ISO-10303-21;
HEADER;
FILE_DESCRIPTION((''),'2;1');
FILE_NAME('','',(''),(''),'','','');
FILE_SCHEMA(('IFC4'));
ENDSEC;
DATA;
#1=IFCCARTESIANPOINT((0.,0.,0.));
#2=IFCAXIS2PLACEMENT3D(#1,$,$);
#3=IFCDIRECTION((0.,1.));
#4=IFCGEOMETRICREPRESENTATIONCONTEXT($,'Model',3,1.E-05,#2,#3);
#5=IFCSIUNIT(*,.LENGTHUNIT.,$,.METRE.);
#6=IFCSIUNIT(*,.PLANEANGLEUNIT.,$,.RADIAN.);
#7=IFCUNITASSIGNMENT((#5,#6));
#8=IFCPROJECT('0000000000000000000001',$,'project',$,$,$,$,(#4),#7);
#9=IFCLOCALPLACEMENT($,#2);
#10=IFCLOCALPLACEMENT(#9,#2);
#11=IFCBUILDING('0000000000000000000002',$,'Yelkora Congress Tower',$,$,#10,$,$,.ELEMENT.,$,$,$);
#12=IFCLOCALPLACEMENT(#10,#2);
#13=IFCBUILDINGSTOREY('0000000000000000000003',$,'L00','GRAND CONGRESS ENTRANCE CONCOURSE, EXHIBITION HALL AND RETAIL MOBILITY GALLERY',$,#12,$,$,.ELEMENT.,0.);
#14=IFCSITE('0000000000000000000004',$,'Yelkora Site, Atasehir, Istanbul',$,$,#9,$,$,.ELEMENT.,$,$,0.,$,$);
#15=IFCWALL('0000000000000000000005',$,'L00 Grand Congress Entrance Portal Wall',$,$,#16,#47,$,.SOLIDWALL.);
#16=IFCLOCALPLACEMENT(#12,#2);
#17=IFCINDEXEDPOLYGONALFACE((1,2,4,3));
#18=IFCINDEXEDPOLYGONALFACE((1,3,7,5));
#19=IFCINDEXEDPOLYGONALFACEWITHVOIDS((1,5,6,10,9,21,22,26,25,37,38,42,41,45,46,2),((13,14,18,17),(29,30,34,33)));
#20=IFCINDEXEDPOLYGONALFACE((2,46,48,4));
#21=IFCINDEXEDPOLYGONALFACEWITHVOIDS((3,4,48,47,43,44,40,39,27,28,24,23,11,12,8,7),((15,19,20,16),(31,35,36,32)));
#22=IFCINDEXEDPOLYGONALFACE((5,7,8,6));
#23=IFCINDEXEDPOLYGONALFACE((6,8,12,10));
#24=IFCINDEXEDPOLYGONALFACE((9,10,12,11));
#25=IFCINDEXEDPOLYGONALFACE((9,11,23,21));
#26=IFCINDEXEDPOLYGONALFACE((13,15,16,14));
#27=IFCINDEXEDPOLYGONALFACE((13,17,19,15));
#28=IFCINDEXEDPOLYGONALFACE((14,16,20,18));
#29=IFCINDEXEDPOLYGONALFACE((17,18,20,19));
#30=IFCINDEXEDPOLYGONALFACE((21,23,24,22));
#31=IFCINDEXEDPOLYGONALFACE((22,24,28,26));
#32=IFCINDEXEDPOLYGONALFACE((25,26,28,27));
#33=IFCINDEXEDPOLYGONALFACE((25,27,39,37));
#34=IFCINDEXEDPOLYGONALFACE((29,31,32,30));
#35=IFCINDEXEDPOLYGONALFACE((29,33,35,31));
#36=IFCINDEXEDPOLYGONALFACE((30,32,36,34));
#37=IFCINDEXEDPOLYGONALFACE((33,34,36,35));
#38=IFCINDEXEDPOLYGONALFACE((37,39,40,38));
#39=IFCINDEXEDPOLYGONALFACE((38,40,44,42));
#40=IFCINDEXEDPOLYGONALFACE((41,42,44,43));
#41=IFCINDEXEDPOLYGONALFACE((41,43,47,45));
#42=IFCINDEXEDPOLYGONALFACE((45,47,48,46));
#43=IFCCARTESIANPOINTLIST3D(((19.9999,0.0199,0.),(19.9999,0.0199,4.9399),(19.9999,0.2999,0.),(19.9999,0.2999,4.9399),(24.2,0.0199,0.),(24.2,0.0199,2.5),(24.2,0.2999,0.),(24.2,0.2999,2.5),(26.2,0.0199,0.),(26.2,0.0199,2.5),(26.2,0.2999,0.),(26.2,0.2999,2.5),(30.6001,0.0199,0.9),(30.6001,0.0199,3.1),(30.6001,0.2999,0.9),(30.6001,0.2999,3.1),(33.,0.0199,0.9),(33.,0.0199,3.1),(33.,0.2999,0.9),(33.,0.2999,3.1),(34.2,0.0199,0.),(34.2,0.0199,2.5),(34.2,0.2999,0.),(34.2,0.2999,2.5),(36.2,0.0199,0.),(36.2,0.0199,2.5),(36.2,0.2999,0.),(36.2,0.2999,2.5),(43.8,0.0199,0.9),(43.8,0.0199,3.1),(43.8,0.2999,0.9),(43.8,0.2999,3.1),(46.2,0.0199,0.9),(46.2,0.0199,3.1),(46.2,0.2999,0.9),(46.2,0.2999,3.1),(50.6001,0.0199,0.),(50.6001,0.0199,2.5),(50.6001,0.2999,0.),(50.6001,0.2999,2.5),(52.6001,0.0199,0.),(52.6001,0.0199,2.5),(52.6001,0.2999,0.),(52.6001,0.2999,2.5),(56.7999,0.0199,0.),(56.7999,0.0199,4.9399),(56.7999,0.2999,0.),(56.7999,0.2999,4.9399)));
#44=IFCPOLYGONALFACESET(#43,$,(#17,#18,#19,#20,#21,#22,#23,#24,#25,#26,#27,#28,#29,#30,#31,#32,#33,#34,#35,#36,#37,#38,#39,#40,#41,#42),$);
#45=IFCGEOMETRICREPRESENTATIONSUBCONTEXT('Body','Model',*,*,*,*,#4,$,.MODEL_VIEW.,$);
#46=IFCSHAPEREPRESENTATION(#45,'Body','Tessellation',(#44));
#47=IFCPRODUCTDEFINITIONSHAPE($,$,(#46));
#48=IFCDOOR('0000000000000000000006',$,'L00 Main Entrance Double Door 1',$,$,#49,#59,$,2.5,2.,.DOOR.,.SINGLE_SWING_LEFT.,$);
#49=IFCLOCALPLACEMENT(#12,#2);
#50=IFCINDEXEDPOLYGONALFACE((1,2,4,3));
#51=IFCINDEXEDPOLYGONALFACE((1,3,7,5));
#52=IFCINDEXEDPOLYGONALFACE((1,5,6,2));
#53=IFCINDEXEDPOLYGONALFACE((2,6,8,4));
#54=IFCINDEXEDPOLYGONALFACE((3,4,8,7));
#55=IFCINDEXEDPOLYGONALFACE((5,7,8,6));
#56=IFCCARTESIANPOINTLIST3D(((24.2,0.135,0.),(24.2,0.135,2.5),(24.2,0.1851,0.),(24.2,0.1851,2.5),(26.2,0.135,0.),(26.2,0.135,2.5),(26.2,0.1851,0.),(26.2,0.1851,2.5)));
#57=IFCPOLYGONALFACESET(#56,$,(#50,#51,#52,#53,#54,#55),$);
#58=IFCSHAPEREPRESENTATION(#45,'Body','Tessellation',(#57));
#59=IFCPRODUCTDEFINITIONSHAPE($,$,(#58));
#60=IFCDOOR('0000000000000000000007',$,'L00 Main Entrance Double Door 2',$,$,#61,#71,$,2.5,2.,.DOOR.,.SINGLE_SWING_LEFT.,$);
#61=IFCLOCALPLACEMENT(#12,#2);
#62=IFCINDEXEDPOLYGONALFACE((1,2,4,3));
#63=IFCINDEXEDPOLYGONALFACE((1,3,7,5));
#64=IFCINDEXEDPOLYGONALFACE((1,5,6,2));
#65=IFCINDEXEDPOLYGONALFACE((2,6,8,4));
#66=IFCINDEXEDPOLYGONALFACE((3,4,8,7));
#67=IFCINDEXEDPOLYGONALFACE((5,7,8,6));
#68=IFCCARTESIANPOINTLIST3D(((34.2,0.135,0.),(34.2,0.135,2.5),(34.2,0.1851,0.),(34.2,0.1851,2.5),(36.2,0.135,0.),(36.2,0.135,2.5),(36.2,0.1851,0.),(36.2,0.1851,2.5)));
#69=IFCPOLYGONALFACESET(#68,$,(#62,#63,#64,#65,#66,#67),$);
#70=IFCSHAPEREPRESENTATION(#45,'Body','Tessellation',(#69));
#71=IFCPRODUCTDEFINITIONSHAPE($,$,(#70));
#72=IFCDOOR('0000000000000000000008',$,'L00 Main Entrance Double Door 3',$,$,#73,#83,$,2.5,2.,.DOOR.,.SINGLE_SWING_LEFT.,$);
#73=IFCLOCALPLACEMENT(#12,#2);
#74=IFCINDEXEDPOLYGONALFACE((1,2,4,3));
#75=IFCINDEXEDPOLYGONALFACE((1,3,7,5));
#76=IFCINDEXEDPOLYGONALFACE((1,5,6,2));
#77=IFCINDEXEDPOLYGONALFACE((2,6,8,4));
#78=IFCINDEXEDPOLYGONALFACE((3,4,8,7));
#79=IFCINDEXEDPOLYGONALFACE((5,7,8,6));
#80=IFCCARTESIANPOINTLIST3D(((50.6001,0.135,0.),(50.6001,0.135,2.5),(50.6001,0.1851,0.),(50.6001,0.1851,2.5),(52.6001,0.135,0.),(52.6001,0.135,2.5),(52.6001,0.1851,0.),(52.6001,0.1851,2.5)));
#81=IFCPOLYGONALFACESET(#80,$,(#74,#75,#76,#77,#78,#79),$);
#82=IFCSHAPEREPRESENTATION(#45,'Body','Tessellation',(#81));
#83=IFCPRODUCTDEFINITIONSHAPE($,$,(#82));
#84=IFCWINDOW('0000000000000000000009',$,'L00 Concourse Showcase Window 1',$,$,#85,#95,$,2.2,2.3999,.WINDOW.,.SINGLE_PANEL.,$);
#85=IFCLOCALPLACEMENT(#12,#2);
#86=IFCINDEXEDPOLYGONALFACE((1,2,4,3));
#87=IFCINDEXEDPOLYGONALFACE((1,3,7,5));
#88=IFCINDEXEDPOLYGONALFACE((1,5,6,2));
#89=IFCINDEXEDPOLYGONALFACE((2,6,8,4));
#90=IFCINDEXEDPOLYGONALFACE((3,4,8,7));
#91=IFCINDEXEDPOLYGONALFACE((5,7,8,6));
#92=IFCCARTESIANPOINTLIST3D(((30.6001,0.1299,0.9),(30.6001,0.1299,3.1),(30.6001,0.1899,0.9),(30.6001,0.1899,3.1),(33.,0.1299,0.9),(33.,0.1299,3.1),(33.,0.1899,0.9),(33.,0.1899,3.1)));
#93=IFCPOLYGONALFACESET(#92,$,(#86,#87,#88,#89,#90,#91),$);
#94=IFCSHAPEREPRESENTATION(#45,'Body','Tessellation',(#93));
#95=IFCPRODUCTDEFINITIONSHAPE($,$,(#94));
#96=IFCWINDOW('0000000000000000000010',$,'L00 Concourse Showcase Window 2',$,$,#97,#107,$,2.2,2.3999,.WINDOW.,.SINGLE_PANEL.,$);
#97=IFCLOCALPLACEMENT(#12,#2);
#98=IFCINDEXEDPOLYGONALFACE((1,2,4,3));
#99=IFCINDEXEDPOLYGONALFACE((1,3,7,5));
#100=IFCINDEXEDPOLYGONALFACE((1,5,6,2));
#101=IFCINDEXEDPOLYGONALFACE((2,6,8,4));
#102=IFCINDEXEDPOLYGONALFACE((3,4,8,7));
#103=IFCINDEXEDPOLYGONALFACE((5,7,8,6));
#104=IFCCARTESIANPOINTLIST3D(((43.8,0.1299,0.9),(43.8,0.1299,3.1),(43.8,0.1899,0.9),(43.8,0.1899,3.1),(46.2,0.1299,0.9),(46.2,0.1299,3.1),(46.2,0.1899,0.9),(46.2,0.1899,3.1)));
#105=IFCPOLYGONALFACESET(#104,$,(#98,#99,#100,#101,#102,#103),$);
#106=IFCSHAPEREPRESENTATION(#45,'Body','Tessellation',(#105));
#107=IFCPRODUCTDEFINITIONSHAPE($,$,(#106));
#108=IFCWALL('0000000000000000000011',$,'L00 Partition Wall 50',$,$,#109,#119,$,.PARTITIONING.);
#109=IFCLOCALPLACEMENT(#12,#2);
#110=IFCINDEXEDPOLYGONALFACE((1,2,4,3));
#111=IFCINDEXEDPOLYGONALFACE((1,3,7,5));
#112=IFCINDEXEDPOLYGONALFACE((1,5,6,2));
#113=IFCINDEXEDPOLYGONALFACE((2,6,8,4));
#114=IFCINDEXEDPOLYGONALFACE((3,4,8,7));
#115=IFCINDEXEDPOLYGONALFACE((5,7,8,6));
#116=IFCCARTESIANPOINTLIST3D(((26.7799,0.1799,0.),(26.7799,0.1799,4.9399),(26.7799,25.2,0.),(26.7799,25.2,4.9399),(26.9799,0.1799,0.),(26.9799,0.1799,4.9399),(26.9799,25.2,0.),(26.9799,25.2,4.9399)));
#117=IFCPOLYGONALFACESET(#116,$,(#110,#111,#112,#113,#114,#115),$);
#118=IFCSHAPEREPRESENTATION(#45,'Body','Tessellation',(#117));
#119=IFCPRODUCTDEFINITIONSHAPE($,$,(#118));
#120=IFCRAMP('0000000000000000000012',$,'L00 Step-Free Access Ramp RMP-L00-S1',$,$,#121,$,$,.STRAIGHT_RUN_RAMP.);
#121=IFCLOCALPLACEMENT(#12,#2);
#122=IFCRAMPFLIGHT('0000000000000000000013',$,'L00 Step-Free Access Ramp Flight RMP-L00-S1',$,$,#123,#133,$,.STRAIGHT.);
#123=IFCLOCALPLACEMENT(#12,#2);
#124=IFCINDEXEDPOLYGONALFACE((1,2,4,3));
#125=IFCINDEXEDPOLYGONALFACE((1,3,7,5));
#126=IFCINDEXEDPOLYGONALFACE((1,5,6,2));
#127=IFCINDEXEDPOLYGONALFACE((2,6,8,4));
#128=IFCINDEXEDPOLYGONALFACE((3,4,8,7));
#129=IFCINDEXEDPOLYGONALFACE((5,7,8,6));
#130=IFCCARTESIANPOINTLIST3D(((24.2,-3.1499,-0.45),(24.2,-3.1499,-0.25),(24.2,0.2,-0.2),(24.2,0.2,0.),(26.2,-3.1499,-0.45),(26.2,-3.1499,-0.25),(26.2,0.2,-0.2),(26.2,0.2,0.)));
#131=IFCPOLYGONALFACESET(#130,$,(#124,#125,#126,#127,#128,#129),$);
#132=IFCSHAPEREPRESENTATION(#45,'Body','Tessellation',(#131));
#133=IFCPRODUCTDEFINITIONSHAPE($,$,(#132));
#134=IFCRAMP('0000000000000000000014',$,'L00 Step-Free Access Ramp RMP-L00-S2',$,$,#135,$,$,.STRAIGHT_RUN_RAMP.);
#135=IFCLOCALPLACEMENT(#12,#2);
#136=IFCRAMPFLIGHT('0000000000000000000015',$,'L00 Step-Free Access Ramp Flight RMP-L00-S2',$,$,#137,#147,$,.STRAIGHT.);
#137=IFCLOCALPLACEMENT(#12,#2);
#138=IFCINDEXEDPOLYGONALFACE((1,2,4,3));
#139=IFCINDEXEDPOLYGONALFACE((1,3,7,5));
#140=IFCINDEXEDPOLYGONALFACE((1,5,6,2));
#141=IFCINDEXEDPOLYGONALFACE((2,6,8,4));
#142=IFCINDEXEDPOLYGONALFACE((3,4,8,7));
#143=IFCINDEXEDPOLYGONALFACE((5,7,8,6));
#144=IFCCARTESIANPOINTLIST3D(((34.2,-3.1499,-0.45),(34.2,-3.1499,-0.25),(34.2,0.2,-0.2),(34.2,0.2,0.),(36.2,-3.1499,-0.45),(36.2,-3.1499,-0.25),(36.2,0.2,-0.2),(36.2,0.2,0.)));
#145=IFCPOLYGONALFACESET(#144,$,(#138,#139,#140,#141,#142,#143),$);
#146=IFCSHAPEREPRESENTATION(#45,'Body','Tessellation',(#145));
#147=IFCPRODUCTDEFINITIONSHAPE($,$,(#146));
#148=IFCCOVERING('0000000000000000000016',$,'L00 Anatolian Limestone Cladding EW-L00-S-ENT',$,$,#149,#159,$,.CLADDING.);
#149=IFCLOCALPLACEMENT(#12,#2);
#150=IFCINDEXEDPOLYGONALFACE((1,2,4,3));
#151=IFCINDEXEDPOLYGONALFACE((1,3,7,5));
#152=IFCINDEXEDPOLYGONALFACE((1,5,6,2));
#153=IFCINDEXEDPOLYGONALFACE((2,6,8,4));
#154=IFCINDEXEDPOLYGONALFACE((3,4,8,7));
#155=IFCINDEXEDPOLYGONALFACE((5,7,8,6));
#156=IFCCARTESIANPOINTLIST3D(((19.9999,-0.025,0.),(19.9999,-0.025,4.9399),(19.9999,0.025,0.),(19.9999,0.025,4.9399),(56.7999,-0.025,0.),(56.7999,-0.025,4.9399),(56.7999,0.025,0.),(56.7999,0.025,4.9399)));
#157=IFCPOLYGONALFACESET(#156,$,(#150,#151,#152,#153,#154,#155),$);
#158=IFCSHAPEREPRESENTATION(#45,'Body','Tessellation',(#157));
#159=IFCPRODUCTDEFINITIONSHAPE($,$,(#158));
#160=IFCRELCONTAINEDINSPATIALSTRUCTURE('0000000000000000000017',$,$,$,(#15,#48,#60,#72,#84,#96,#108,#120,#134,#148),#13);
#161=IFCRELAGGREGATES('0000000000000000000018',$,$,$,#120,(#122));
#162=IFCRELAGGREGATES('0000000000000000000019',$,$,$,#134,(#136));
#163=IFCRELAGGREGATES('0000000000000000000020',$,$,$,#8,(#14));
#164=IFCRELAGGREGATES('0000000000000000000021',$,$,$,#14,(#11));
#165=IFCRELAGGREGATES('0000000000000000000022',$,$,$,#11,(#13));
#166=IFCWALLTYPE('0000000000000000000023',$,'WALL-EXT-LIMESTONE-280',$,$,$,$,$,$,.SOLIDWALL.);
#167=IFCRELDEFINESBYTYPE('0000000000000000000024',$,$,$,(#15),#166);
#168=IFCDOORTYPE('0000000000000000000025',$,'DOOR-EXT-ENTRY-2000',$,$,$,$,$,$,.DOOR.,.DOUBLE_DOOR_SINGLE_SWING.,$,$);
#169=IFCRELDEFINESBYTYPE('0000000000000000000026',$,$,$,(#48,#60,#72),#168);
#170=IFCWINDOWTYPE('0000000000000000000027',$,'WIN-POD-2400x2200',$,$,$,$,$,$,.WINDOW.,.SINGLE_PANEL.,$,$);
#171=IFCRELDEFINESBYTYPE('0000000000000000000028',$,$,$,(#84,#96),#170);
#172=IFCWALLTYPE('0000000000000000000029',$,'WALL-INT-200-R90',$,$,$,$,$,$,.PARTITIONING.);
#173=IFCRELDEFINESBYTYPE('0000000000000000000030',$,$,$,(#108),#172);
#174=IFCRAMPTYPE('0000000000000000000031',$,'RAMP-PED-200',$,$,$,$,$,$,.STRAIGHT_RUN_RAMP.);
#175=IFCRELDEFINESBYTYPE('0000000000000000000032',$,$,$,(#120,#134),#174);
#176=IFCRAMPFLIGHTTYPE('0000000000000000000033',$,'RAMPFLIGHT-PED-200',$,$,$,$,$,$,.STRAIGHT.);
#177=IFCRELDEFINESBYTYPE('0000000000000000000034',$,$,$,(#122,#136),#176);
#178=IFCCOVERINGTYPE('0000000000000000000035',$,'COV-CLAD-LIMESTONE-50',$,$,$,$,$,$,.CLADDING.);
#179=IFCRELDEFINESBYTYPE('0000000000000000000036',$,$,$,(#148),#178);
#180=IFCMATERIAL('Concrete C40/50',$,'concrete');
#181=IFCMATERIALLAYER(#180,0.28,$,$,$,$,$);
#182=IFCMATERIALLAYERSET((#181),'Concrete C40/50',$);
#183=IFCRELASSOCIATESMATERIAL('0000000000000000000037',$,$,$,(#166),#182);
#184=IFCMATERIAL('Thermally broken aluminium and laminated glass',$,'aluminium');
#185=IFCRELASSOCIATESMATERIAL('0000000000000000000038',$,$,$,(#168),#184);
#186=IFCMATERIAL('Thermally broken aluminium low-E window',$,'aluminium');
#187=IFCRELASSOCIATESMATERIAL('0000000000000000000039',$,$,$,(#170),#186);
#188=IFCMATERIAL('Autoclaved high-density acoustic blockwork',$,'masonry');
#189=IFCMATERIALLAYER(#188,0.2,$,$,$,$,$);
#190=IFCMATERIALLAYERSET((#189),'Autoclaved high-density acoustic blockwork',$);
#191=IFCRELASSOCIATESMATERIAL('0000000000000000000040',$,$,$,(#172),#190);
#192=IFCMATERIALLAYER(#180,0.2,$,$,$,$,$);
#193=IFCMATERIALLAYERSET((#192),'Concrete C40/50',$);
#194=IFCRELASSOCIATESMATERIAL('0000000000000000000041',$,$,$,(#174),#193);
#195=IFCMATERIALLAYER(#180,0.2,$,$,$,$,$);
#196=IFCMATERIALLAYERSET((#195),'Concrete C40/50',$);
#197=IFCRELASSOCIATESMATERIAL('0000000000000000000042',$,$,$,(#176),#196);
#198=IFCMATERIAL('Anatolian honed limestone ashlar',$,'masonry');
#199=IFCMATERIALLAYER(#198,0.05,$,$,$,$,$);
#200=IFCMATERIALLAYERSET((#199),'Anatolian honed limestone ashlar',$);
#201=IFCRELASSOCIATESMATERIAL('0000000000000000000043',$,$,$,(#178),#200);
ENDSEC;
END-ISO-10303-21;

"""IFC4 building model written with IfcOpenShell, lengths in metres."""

from ifc_helpers import new_model, si_unit, direction, frame, frame_2d, origin, place, context, subcontext, project, spatial, polyline, rectangle, outline, extrude, material, layer, layer_set, type_object, element, fill, aggregate, save


model = new_model("IFC4")

# Units and contexts
model_context = context("Model", 3, precision=1e-05, world=origin(), true_north=direction((0.0, 1.0)))
body_context = subcontext(model_context, "Body", "Model", "MODEL_VIEW")
ifc_project = project(units=[si_unit("LENGTHUNIT", "METRE"), si_unit("PLANEANGLEUNIT", "RADIAN")], contexts=[model_context])

# Site, building, storey
site_placement = place(None, origin())
site = spatial("IfcSite", under=ifc_project, at=site_placement, Name="Yelkora Site, Atasehir, Istanbul", CompositionType="ELEMENT", RefElevation=0.0)
building_placement = place(site_placement, origin())
building = spatial("IfcBuilding", under=site, at=building_placement, Name="Yelkora Congress Tower", CompositionType="ELEMENT")
storey_placement = place(building_placement, origin())
storey = spatial("IfcBuildingStorey", under=building, at=storey_placement, Name="L00", Description="GRAND CONGRESS ENTRANCE CONCOURSE, EXHIBITION HALL AND RETAIL MOBILITY GALLERY", CompositionType="ELEMENT", Elevation=0.0)

# Wall, openings, doors, windows
ifc_material_1 = material(Name="Concrete C40/50", Category="concrete")
ifc_layer_1 = layer(ifc_material_1, 0.28)
ifc_layer_set_1 = layer_set([ifc_layer_1], Name="Concrete C40/50")
wall_type_1 = type_object("IfcWallType", Name="WALL-EXT-LIMESTONE-280", PredefinedType="SOLIDWALL", material=ifc_layer_set_1)
wall_1_placement = place(storey_placement, frame((20.0, 0.1599, 0.0), z_axis=(0.0, 0.0, 1.0), x_axis=(1.0, 0.0, 0.0)))
wall_1 = element("IfcWall", 1, at=wall_1_placement, inside=storey, type_object=wall_type_1, Name="L00 Grand Congress Entrance Portal Wall", PredefinedType="SOLIDWALL", context=body_context, shape_type="SweptSolid", body=[
    extrude(rectangle(XDim=36.8, YDim=0.28, at=frame_2d((18.3999, 0.0))), origin(), (0.0, 0.0, 1.0), 4.9399),
])
opening_1_placement = place(wall_1_placement, frame((4.2, 0.0, 0.0)))
opening_1 = element("IfcOpeningElement", 2, at=opening_1_placement, cuts=wall_1, PredefinedType="OPENING", context=body_context, shape_type="SweptSolid", body=[
    extrude(rectangle(XDim=2.0, YDim=2.5, at=frame_2d((1.0, 1.25))), frame((0.0, 0.1499, 0.0), z_axis=(0.0, -1.0, 0.0), x_axis=(1.0, 0.0, 0.0)), (0.0, 0.0, 1.0), 0.3),
])
opening_2_placement = place(wall_1_placement, frame((14.2, 0.0, 0.0)))
opening_2 = element("IfcOpeningElement", 3, at=opening_2_placement, cuts=wall_1, PredefinedType="OPENING", context=body_context, shape_type="SweptSolid", body=[
    extrude(rectangle(XDim=2.0, YDim=2.5, at=frame_2d((1.0, 1.25))), frame((0.0, 0.1499, 0.0), z_axis=(0.0, -1.0, 0.0), x_axis=(1.0, 0.0, 0.0)), (0.0, 0.0, 1.0), 0.3),
])
opening_3_placement = place(wall_1_placement, frame((30.6001, 0.0, 0.0)))
opening_3 = element("IfcOpeningElement", 4, at=opening_3_placement, cuts=wall_1, PredefinedType="OPENING", context=body_context, shape_type="SweptSolid", body=[
    extrude(rectangle(XDim=2.0, YDim=2.5, at=frame_2d((1.0, 1.25))), frame((0.0, 0.1499, 0.0), z_axis=(0.0, -1.0, 0.0), x_axis=(1.0, 0.0, 0.0)), (0.0, 0.0, 1.0), 0.3),
])
opening_4_placement = place(wall_1_placement, frame((10.6001, 0.0, 0.8999)))
opening_4 = element("IfcOpeningElement", 5, at=opening_4_placement, cuts=wall_1, PredefinedType="OPENING", context=body_context, shape_type="SweptSolid", body=[
    extrude(rectangle(XDim=2.3999, YDim=2.2, at=frame_2d((1.2, 1.1001))), frame((0.0, 0.1499, 0.0), z_axis=(0.0, -1.0, 0.0), x_axis=(1.0, 0.0, 0.0)), (0.0, 0.0, 1.0), 0.3),
])
opening_5_placement = place(wall_1_placement, frame((23.8, 0.0, 0.8999)))
opening_5 = element("IfcOpeningElement", 6, at=opening_5_placement, cuts=wall_1, PredefinedType="OPENING", context=body_context, shape_type="SweptSolid", body=[
    extrude(rectangle(XDim=2.3999, YDim=2.2, at=frame_2d((1.2, 1.1001))), frame((0.0, 0.1499, 0.0), z_axis=(0.0, -1.0, 0.0), x_axis=(1.0, 0.0, 0.0)), (0.0, 0.0, 1.0), 0.3),
])
ifc_material_2 = material(Name="Thermally broken aluminium and laminated glass", Category="aluminium")
door_type = type_object("IfcDoorType", Name="DOOR-EXT-ENTRY-2000", OperationType="DOUBLE_DOOR_SINGLE_SWING", PredefinedType="DOOR", material=ifc_material_2)
door_1_placement = place(opening_1_placement, frame((2.0, 0.0, 0.0), z_axis=(0.0, 0.0, 1.0), x_axis=(-1.0, 0.0, 0.0)))
door_1 = element("IfcDoor", 7, at=door_1_placement, inside=storey, type_object=door_type, Name="L00 Main Entrance Double Door 1", OperationType="SINGLE_SWING_LEFT", OverallHeight=2.5, OverallWidth=2.0, PredefinedType="DOOR", context=body_context, shape_type="SweptSolid", body=[
    extrude(rectangle(XDim=2.0, YDim=2.5, at=frame_2d((1.0, 1.25))), frame((0.0, 0.0249, 0.0), z_axis=(0.0, -1.0, 0.0), x_axis=(1.0, 0.0, 0.0)), (0.0, 0.0, 1.0), 0.05),
])
fill(opening_1, door_1)
door_2_placement = place(opening_2_placement, frame((2.0, 0.0, 0.0), z_axis=(0.0, 0.0, 1.0), x_axis=(-1.0, 0.0, 0.0)))
door_2 = element("IfcDoor", 8, at=door_2_placement, inside=storey, type_object=door_type, Name="L00 Main Entrance Double Door 2", OperationType="SINGLE_SWING_LEFT", OverallHeight=2.5, OverallWidth=2.0, PredefinedType="DOOR", context=body_context, shape_type="SweptSolid", body=[
    extrude(rectangle(XDim=2.0, YDim=2.5, at=frame_2d((1.0, 1.25))), frame((0.0, 0.0249, 0.0), z_axis=(0.0, -1.0, 0.0), x_axis=(1.0, 0.0, 0.0)), (0.0, 0.0, 1.0), 0.05),
])
fill(opening_2, door_2)
door_3_placement = place(opening_3_placement, frame((2.0, 0.0, 0.0), z_axis=(0.0, 0.0, 1.0), x_axis=(-1.0, 0.0, 0.0)))
door_3 = element("IfcDoor", 9, at=door_3_placement, inside=storey, type_object=door_type, Name="L00 Main Entrance Double Door 3", OperationType="SINGLE_SWING_LEFT", OverallHeight=2.5, OverallWidth=2.0, PredefinedType="DOOR", context=body_context, shape_type="SweptSolid", body=[
    extrude(rectangle(XDim=2.0, YDim=2.5, at=frame_2d((1.0, 1.25))), frame((0.0, 0.0249, 0.0), z_axis=(0.0, -1.0, 0.0), x_axis=(1.0, 0.0, 0.0)), (0.0, 0.0, 1.0), 0.05),
])
fill(opening_3, door_3)
ifc_material_3 = material(Name="Thermally broken aluminium low-E window", Category="aluminium")
window_type = type_object("IfcWindowType", Name="WIN-POD-2400x2200", PartitioningType="SINGLE_PANEL", PredefinedType="WINDOW", material=ifc_material_3)
window_1_placement = place(opening_4_placement, origin())
window_1 = element("IfcWindow", 10, at=window_1_placement, inside=storey, type_object=window_type, Name="L00 Concourse Showcase Window 1", OverallHeight=2.2, OverallWidth=2.3999, PartitioningType="SINGLE_PANEL", PredefinedType="WINDOW", context=body_context, shape_type="SweptSolid", body=[
    extrude(rectangle(XDim=2.3999, YDim=2.2, at=frame_2d((1.2, 1.1001))), frame((0.0, 0.03, 0.0), z_axis=(0.0, -1.0, 0.0), x_axis=(1.0, 0.0, 0.0)), (0.0, 0.0, 1.0), 0.0601),
])
fill(opening_4, window_1)
window_2_placement = place(opening_5_placement, origin())
window_2 = element("IfcWindow", 11, at=window_2_placement, inside=storey, type_object=window_type, Name="L00 Concourse Showcase Window 2", OverallHeight=2.2, OverallWidth=2.3999, PartitioningType="SINGLE_PANEL", PredefinedType="WINDOW", context=body_context, shape_type="SweptSolid", body=[
    extrude(rectangle(XDim=2.3999, YDim=2.2, at=frame_2d((1.2, 1.1001))), frame((0.0, 0.03, 0.0), z_axis=(0.0, -1.0, 0.0), x_axis=(1.0, 0.0, 0.0)), (0.0, 0.0, 1.0), 0.0601),
])
fill(opening_5, window_2)

# Wall
ifc_material_4 = material(Name="Autoclaved high-density acoustic blockwork", Category="masonry")
ifc_layer_2 = layer(ifc_material_4, 0.2)
ifc_layer_set_2 = layer_set([ifc_layer_2], Name="Autoclaved high-density acoustic blockwork")
wall_type_2 = type_object("IfcWallType", Name="WALL-INT-200-R90", PredefinedType="PARTITIONING", material=ifc_layer_set_2)
wall_2_placement = place(storey_placement, frame((26.8799, 0.1799, 0.0), z_axis=(0.0, 0.0, 1.0), x_axis=(0.0, 1.0, 0.0)))
element("IfcWall", 12, at=wall_2_placement, inside=storey, type_object=wall_type_2, Name="L00 Partition Wall 50", PredefinedType="PARTITIONING", context=body_context, shape_type="SweptSolid", body=[
    extrude(rectangle(XDim=25.02, YDim=0.2, at=frame_2d((12.51, 0.0))), origin(), (0.0, 0.0, 1.0), 4.9399),
])

# Ramps, ramp flights
ifc_layer_3 = layer(ifc_material_1, 0.2)
ifc_layer_set_3 = layer_set([ifc_layer_3], Name="Concrete C40/50")
ramp_type = type_object("IfcRampType", Name="RAMP-PED-200", PredefinedType="STRAIGHT_RUN_RAMP", material=ifc_layer_set_3)
ramp_1_placement = place(storey_placement, origin())
ramp_1 = element("IfcRamp", 13, at=ramp_1_placement, inside=storey, type_object=ramp_type, Name="L00 Step-Free Access Ramp RMP-L00-S1", PredefinedType="STRAIGHT_RUN_RAMP")
ifc_layer_4 = layer(ifc_material_1, 0.2)
ifc_layer_set_4 = layer_set([ifc_layer_4], Name="Concrete C40/50")
ramp_flight_type = type_object("IfcRampFlightType", Name="RAMPFLIGHT-PED-200", PredefinedType="STRAIGHT", material=ifc_layer_set_4)
ramp_flight_1_placement = place(storey_placement, frame((25.2, -3.1499, -0.25), z_axis=(0.0, 0.0, 1.0), x_axis=(0.0, 1.0, 0.0)))
ramp_flight_1 = element("IfcRampFlight", 14, at=ramp_flight_1_placement, type_object=ramp_flight_type, Name="L00 Step-Free Access Ramp Flight RMP-L00-S1", PredefinedType="STRAIGHT", context=body_context, shape_type="SweptSolid", body=[
    extrude(outline(polyline([(0.0, -0.2), (3.3499, 0.05), (3.3499, 0.25), (0.0, 0.0), (0.0, -0.2)])), frame((0.0, 1.0, 0.0), z_axis=(0.0, -1.0, 0.0), x_axis=(1.0, 0.0, 0.0)), (0.0, 0.0, 1.0), 2.0),
])
aggregate(ramp_1, [ramp_flight_1])
ramp_2_placement = place(storey_placement, origin())
ramp_2 = element("IfcRamp", 15, at=ramp_2_placement, inside=storey, type_object=ramp_type, Name="L00 Step-Free Access Ramp RMP-L00-S2", PredefinedType="STRAIGHT_RUN_RAMP")
ramp_flight_2_placement = place(storey_placement, frame((35.2, -3.1499, -0.25), z_axis=(0.0, 0.0, 1.0), x_axis=(0.0, 1.0, 0.0)))
ramp_flight_2 = element("IfcRampFlight", 16, at=ramp_flight_2_placement, type_object=ramp_flight_type, Name="L00 Step-Free Access Ramp Flight RMP-L00-S2", PredefinedType="STRAIGHT", context=body_context, shape_type="SweptSolid", body=[
    extrude(outline(polyline([(0.0, -0.2), (3.3499, 0.05), (3.3499, 0.25), (0.0, 0.0), (0.0, -0.2)])), frame((0.0, 1.0, 0.0), z_axis=(0.0, -1.0, 0.0), x_axis=(1.0, 0.0, 0.0)), (0.0, 0.0, 1.0), 2.0),
])
aggregate(ramp_2, [ramp_flight_2])

# Covering
ifc_material_5 = material(Name="Anatolian honed limestone ashlar", Category="masonry")
ifc_layer_5 = layer(ifc_material_5, 0.05)
ifc_layer_set_5 = layer_set([ifc_layer_5], Name="Anatolian honed limestone ashlar")
covering_type = type_object("IfcCoveringType", Name="COV-CLAD-LIMESTONE-50", PredefinedType="CLADDING", material=ifc_layer_set_5)
covering_placement = place(storey_placement, frame((20.0, 0.0, 0.0), z_axis=(0.0, 0.0, 1.0), x_axis=(1.0, 0.0, 0.0)))
element("IfcCovering", 17, at=covering_placement, inside=storey, type_object=covering_type, Name="L00 Anatolian Limestone Cladding EW-L00-S-ENT", PredefinedType="CLADDING", context=body_context, shape_type="SweptSolid", body=[
    extrude(rectangle(XDim=36.8, YDim=0.05, at=frame_2d((18.3999, 0.0))), origin(), (0.0, 0.0, 1.0), 4.9399),
])

save(model, "model.ifc")
